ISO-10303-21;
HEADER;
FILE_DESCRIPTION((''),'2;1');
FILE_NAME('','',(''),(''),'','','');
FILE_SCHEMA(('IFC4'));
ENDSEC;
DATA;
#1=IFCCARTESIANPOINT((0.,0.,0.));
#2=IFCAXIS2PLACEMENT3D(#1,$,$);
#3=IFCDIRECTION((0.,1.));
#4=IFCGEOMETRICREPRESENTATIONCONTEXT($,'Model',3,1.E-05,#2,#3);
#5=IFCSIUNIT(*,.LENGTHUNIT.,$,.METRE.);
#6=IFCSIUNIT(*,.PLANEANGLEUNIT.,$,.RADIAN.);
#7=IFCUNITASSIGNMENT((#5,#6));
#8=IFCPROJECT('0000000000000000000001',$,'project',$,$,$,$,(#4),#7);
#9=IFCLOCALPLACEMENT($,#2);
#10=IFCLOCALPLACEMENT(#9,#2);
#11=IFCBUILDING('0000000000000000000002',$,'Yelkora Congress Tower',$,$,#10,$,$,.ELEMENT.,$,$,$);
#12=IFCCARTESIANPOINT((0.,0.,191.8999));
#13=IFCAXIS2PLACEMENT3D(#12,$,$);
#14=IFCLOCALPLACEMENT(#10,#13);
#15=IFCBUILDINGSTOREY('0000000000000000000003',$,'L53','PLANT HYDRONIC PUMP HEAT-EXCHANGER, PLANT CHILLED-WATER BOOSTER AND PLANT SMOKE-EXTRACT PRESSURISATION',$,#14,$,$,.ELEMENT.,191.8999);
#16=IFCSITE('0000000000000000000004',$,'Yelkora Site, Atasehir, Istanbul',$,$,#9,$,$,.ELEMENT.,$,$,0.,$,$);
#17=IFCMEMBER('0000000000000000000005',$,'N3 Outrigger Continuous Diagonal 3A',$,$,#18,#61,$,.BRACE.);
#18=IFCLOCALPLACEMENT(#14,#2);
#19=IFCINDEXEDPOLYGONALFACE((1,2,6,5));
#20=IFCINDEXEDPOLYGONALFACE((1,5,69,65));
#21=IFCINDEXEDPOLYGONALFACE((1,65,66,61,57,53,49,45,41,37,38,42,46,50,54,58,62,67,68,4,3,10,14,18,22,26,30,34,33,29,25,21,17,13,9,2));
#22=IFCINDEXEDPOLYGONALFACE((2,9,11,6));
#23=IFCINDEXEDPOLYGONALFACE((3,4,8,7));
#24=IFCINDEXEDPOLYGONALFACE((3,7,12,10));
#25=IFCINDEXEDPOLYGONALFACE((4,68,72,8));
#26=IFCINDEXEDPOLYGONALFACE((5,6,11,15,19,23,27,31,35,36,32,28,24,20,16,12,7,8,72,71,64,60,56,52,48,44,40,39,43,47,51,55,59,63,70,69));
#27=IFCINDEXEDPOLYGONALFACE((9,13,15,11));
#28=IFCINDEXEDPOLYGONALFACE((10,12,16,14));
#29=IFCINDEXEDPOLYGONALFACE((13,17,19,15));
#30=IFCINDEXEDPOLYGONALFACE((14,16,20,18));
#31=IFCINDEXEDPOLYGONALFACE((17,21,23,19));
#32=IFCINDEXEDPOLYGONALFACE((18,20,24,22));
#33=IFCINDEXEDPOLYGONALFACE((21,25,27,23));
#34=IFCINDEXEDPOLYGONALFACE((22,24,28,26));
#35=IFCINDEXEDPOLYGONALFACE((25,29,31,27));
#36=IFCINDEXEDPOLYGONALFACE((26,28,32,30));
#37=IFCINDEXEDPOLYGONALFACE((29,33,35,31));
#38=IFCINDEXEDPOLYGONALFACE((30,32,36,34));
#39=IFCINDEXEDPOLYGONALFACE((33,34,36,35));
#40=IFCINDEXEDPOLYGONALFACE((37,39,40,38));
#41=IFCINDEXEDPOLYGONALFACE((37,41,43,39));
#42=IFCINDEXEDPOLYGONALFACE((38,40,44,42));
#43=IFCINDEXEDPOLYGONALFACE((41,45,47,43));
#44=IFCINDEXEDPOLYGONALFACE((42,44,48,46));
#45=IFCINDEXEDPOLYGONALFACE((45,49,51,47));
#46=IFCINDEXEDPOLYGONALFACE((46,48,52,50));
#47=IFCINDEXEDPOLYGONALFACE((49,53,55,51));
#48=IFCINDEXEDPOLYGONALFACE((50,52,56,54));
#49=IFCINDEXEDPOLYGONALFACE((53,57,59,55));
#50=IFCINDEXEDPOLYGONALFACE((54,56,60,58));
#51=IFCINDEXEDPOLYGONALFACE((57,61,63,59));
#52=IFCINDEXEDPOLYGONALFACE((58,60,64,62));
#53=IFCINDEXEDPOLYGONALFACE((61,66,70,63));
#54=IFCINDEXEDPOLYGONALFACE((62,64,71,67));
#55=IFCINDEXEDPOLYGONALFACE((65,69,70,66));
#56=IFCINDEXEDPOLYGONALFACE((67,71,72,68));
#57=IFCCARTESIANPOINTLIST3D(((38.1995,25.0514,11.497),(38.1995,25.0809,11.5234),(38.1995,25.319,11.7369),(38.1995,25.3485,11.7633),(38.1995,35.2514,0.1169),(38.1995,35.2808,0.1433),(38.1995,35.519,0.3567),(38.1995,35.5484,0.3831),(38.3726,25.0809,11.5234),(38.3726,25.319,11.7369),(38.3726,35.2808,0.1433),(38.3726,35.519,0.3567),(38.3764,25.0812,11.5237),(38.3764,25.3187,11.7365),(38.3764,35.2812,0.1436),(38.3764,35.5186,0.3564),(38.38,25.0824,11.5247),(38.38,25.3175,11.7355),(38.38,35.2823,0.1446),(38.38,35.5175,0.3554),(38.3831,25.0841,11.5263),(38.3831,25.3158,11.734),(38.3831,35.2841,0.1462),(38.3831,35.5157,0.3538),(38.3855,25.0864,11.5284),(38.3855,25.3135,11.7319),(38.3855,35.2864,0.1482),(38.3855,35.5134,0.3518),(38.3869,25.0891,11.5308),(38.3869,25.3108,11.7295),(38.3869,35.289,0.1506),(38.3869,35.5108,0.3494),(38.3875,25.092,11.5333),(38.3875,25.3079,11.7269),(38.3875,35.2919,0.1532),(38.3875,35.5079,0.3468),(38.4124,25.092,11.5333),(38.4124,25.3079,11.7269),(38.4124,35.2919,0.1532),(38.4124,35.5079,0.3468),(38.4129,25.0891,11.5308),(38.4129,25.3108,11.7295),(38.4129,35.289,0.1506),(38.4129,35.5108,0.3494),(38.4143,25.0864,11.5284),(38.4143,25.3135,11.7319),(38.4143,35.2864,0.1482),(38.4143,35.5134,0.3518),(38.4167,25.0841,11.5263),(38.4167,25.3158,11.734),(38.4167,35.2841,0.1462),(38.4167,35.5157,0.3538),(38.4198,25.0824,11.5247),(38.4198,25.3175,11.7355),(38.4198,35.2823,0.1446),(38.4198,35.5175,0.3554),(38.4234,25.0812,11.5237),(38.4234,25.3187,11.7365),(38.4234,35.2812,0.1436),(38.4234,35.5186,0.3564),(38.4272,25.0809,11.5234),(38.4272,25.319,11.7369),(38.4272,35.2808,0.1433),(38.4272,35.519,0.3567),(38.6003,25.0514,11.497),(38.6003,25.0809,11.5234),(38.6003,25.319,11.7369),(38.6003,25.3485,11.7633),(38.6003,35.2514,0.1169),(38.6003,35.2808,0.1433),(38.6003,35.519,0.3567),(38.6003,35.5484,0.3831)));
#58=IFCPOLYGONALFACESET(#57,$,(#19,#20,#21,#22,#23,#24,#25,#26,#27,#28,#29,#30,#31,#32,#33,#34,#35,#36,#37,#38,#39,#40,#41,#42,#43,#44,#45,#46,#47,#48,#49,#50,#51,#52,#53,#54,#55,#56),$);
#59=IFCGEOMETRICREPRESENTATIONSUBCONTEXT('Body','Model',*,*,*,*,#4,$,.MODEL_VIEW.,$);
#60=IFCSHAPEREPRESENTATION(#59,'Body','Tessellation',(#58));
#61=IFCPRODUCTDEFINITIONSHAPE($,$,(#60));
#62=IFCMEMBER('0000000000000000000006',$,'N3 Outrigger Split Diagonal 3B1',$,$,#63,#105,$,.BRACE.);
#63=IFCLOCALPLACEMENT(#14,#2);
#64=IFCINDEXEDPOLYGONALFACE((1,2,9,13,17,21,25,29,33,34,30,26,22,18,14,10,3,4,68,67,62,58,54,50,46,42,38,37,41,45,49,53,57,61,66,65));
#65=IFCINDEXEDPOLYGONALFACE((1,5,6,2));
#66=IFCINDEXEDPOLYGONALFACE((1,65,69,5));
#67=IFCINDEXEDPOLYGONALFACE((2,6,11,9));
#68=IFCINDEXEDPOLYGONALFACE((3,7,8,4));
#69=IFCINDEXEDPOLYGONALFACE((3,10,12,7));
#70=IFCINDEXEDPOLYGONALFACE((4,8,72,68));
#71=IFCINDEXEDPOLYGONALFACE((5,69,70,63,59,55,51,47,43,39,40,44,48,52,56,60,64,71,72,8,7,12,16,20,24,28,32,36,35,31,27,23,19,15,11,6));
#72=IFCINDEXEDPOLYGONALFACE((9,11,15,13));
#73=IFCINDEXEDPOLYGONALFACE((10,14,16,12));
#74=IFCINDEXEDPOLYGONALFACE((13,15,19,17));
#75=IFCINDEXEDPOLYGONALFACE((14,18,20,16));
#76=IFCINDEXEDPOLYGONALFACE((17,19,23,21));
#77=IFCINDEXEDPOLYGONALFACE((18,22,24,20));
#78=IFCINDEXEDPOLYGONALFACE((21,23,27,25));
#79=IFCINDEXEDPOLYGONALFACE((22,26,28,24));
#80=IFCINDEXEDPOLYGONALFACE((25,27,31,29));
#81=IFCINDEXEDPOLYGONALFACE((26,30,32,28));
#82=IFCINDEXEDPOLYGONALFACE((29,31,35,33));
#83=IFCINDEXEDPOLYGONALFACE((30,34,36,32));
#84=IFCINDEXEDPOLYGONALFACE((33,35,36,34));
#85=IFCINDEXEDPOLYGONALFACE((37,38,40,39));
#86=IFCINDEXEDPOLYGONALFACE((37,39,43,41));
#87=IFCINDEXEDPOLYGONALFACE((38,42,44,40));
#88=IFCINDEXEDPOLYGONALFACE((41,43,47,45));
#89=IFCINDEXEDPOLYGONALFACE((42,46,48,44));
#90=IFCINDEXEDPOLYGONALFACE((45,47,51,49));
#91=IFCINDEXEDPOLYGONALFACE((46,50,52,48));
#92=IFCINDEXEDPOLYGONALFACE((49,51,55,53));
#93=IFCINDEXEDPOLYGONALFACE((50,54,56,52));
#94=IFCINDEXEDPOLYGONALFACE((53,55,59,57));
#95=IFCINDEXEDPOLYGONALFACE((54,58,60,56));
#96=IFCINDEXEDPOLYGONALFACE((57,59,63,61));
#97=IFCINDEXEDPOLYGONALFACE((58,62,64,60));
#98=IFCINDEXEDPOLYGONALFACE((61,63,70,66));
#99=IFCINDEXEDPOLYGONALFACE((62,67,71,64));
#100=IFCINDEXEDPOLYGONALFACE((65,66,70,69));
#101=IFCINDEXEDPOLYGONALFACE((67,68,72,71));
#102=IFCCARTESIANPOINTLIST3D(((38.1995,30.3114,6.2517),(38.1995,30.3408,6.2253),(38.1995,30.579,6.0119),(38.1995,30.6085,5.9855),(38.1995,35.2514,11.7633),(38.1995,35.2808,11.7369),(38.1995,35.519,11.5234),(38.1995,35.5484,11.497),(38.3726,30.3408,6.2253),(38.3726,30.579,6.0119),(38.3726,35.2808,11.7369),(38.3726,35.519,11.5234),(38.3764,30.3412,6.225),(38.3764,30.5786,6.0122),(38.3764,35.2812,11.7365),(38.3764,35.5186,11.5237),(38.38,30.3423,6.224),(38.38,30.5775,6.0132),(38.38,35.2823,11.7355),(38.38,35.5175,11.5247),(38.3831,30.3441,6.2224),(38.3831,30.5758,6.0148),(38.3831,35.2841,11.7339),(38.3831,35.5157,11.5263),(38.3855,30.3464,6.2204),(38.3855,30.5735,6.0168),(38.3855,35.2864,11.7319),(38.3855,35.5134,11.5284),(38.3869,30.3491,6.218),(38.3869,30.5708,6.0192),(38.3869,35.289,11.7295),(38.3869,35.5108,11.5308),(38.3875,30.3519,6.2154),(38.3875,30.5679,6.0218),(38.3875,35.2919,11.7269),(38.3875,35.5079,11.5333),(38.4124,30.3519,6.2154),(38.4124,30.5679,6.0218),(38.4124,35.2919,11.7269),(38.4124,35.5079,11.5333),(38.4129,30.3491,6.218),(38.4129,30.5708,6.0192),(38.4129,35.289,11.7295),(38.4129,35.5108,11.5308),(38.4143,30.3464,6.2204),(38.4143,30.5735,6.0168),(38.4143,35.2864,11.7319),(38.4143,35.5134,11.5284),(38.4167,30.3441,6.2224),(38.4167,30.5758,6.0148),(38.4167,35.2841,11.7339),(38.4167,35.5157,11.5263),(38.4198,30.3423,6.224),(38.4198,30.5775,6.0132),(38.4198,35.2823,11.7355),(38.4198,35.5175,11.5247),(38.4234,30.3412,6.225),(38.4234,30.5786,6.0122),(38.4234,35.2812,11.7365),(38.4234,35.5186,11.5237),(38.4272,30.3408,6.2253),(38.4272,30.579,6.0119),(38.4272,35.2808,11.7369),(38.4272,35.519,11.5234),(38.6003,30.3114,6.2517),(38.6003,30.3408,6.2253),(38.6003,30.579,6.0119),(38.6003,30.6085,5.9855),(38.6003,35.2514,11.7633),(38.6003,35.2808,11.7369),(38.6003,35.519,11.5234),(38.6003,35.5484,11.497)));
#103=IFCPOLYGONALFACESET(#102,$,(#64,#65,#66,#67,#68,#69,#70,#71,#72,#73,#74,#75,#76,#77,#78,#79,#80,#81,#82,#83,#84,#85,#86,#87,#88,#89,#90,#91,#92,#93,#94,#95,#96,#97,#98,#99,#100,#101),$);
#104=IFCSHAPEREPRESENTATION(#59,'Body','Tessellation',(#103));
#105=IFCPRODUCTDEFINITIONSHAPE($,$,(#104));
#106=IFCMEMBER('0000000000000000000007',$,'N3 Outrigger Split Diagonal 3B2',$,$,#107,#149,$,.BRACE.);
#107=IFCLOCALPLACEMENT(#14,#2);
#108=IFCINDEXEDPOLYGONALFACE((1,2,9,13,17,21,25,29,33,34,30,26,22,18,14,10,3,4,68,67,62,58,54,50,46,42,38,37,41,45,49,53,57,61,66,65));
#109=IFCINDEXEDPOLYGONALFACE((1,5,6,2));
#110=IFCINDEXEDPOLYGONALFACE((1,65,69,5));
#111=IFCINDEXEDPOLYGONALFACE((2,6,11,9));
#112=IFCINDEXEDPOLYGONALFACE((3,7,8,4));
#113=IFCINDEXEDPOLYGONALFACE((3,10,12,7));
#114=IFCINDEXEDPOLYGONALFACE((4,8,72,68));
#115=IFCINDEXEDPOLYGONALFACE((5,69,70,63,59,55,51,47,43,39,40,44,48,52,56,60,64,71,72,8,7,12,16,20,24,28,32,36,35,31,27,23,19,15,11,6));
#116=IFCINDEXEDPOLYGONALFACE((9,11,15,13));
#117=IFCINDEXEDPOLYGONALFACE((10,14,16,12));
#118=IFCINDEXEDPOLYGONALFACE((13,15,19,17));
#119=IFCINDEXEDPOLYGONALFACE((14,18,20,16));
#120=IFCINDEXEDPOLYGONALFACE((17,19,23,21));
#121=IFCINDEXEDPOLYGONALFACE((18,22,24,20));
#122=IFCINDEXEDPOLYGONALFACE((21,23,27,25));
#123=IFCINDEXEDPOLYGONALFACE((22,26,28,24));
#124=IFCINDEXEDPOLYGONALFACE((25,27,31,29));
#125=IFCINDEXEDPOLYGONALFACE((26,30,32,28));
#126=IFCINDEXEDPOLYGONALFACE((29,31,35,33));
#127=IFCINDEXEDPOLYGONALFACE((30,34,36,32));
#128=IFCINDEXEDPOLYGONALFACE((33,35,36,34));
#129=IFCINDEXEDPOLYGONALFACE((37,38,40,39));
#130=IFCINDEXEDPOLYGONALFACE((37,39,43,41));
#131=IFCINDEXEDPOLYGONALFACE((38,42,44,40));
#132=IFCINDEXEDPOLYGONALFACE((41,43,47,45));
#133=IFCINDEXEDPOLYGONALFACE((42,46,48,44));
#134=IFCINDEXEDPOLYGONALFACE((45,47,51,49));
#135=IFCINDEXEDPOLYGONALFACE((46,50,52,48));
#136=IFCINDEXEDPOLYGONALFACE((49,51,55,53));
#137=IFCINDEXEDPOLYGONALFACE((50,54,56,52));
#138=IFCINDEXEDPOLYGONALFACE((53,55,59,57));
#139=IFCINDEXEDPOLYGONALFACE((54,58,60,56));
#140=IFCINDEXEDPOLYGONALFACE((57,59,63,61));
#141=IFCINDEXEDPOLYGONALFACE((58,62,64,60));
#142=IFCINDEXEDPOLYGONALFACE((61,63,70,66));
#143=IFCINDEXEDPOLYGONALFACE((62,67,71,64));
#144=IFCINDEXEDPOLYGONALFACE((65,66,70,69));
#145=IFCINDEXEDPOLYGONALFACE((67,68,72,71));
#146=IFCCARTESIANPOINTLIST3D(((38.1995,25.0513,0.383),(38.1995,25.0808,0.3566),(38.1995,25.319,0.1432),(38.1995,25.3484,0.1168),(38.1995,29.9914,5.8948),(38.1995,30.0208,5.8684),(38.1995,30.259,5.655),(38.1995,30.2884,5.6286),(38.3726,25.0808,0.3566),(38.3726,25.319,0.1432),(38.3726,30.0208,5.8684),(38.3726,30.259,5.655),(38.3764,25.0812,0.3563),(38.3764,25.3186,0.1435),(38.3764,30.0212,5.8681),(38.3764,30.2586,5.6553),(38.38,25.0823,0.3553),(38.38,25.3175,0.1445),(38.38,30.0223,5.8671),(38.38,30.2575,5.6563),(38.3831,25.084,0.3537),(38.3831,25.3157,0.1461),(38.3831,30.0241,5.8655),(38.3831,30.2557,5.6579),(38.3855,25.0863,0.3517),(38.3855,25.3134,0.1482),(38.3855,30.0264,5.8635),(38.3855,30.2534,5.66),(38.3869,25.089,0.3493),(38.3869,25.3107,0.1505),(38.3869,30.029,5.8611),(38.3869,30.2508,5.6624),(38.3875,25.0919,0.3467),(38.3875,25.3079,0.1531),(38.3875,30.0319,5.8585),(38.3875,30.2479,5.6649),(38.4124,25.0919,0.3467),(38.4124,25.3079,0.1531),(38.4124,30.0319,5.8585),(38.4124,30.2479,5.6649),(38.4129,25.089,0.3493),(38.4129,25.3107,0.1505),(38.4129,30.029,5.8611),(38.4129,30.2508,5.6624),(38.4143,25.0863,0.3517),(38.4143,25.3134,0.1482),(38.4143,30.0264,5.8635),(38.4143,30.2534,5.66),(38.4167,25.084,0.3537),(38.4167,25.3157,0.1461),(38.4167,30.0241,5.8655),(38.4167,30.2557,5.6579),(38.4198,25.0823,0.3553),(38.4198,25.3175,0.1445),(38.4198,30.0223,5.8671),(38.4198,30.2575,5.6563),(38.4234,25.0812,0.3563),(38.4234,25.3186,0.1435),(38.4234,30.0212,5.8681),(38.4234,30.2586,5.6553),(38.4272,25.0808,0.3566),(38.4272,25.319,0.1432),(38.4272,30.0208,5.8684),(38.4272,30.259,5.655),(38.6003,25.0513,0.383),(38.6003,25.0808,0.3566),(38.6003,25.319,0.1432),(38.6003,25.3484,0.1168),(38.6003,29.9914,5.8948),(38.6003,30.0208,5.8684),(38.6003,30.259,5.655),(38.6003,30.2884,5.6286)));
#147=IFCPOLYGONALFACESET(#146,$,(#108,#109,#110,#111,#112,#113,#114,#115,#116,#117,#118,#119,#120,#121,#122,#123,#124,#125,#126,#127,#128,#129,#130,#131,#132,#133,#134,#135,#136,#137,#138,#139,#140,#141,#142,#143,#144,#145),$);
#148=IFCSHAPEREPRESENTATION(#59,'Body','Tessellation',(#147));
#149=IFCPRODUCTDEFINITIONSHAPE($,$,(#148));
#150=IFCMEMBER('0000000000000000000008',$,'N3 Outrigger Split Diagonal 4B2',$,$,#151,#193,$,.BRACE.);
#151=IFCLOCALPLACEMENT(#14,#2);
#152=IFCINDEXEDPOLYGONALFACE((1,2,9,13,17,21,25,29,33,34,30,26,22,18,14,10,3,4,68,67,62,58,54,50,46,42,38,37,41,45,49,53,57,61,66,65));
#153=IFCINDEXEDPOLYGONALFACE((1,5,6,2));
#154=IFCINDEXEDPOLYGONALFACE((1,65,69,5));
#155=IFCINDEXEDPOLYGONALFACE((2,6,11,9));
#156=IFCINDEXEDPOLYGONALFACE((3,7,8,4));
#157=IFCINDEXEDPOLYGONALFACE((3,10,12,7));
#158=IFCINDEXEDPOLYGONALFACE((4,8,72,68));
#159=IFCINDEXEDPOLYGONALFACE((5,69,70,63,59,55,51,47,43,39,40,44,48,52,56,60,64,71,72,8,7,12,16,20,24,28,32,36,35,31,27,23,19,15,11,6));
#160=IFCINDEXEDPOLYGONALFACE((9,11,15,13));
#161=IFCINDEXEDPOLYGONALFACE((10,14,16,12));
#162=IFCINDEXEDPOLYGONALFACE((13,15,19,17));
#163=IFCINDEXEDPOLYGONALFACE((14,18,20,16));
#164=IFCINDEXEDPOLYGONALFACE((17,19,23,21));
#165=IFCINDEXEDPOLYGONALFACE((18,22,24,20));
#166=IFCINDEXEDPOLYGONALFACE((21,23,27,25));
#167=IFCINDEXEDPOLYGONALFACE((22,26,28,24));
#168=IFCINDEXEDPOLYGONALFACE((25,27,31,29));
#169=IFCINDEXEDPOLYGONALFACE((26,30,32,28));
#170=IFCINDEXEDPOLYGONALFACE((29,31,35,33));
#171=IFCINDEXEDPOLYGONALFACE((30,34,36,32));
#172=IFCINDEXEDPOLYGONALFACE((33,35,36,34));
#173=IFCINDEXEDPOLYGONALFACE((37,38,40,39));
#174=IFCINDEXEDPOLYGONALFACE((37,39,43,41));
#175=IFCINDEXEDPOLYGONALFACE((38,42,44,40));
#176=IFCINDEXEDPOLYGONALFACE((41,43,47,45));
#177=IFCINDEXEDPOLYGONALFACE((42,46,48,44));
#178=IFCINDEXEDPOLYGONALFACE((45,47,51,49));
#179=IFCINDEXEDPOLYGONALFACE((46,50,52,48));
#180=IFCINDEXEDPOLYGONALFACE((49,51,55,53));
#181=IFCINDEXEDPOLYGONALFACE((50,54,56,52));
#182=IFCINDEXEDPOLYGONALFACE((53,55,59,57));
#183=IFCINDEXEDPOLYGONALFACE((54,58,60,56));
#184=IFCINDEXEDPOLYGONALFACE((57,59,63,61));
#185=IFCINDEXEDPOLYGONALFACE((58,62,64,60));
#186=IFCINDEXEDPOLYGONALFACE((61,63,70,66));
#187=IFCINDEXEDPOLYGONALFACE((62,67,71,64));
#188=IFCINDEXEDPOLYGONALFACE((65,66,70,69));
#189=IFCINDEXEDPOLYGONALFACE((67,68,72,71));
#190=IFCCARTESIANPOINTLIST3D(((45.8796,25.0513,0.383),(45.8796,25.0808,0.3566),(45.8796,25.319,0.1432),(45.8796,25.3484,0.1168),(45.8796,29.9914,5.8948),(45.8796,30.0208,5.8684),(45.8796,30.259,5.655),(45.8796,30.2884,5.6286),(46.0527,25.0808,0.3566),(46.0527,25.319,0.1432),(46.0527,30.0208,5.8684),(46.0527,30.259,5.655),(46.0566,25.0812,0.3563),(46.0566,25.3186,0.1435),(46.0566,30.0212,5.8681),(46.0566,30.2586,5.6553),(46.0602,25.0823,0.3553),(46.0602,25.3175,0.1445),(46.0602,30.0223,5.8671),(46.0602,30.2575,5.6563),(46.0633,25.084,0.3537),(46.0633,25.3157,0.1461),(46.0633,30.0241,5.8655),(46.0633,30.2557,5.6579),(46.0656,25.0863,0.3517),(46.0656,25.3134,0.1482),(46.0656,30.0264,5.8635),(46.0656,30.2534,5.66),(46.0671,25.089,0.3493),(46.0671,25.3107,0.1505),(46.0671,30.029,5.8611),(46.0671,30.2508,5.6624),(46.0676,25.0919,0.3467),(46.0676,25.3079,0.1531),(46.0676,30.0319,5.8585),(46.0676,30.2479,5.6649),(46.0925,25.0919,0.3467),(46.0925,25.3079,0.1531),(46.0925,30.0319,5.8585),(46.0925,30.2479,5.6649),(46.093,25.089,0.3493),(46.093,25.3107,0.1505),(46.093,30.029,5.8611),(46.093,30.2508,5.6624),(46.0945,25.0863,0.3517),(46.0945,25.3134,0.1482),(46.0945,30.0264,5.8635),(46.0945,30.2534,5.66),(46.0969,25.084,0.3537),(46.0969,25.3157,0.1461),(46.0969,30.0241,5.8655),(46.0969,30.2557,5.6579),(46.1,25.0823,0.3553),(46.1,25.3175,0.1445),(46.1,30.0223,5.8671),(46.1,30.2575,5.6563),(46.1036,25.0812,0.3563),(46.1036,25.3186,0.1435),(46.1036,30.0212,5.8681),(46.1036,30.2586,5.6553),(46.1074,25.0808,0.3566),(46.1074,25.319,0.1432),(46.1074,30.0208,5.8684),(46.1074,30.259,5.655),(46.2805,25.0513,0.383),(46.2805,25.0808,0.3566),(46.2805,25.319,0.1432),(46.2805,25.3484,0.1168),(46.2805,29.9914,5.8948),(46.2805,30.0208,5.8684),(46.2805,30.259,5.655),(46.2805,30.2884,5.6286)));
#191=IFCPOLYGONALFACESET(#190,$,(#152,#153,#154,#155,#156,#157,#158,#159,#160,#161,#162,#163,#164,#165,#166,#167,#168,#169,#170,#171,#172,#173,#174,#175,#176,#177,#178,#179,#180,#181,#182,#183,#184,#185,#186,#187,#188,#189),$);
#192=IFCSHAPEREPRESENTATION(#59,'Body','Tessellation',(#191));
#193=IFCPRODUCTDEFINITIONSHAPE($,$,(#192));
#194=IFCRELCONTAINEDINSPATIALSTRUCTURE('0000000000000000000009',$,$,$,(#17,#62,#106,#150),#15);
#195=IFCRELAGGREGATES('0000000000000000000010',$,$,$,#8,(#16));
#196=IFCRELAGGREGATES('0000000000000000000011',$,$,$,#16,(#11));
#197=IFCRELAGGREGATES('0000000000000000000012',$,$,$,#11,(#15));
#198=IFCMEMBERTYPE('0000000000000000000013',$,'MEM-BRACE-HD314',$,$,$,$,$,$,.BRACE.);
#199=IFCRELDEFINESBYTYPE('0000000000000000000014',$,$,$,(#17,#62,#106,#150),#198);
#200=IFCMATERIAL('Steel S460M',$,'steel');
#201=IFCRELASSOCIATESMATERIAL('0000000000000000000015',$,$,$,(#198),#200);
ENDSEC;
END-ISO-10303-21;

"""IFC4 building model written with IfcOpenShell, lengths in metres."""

from ifc_helpers import new_model, si_unit, direction, frame, origin, origin_2d, place, context, subcontext, project, spatial, i_section, extrude, material, material_profile, profile_set, type_object, element, save


model = new_model("IFC4")

# Units and contexts
model_context = context("Model", 3, precision=1e-05, world=origin(), true_north=direction((0.0, 1.0)))
body_context = subcontext(model_context, "Body", "Model", "MODEL_VIEW")
ifc_project = project(units=[si_unit("LENGTHUNIT", "METRE"), si_unit("PLANEANGLEUNIT", "RADIAN")], contexts=[model_context])

# Site, building, storey
site_placement = place(None, origin())
site = spatial("IfcSite", under=ifc_project, at=site_placement, Name="Yelkora Site, Atasehir, Istanbul", CompositionType="ELEMENT", RefElevation=0.0)
building_placement = place(site_placement, origin())
building = spatial("IfcBuilding", under=site, at=building_placement, Name="Yelkora Congress Tower", CompositionType="ELEMENT")
storey_placement = place(building_placement, frame((0.0, 0.0, 191.8999)))
storey = spatial("IfcBuildingStorey", under=building, at=storey_placement, Name="L53", Description="PLANT HYDRONIC PUMP HEAT-EXCHANGER, PLANT CHILLED-WATER BOOSTER AND PLANT SMOKE-EXTRACT PRESSURISATION", CompositionType="ELEMENT", Elevation=191.8999)

# Shared definitions
ifc_material_1 = material(Name="Steel S460M", Category="steel")

# Members
ifc_material_profile_1 = material_profile(ifc_material_1, i_section(OverallWidth=0.4009, OverallDepth=0.3989, WebThickness=0.0249, FlangeThickness=0.0396, FilletRadius=0.0149, at=origin_2d()), Name="HD 400x314")
ifc_profile_set_1 = profile_set([ifc_material_profile_1], Name="Steel S460M")
member_type = type_object("IfcMemberType", Name="MEM-BRACE-HD314", PredefinedType="BRACE", material=ifc_profile_set_1)
member_1_placement = place(storey_placement, frame((38.3999, 35.3999, 0.25), z_axis=(0.0, -0.667439, 0.744664), x_axis=(1.0, 0.0, 0.0)))
element("IfcMember", 1, at=member_1_placement, inside=storey, type_object=member_type, Name="N3 Outrigger Continuous Diagonal 3A", PredefinedType="BRACE", context=body_context, shape_type="SweptSolid", body=[
    extrude(i_section(OverallWidth=0.4009, OverallDepth=0.3989, WebThickness=0.0249, FlangeThickness=0.0396, FilletRadius=0.0149, at=origin_2d()), origin(), (0.0, 0.0, 1.0), 15.2822),
])
member_2_placement = place(storey_placement, frame((38.3999, 35.3999, 11.6301), z_axis=(0.0, -0.667442, -0.744662), x_axis=(1.0, 0.0, 0.0)))
element("IfcMember", 2, at=member_2_placement, inside=storey, type_object=member_type, Name="N3 Outrigger Split Diagonal 3B1", PredefinedType="BRACE", context=body_context, shape_type="SweptSolid", body=[
    extrude(i_section(OverallWidth=0.4009, OverallDepth=0.3989, WebThickness=0.0249, FlangeThickness=0.0396, FilletRadius=0.0149, at=origin_2d()), origin(), (0.0, 0.0, 1.0), 7.4014),
])
for number, where, z_axis, x_axis, name in (
    (3, (38.3999, 30.1399, 5.7617), (0.0, -0.667425, -0.744677), (1.0, 0.0, 0.0), "N3 Outrigger Split Diagonal 3B2"),
    (4, (46.0801, 30.1399, 5.7617), (0.0, -0.667425, -0.744677), (1.0, 0.0, 0.0), "N3 Outrigger Split Diagonal 4B2"),
):
    element("IfcMember", number, at=place(storey_placement, frame(where, z_axis=z_axis, x_axis=x_axis)), inside=storey, type_object=member_type, Name=name, PredefinedType="BRACE", context=body_context, shape_type="SweptSolid", body=[
        extrude(i_section(OverallWidth=0.4009, OverallDepth=0.3989, WebThickness=0.0249, FlangeThickness=0.0396, FilletRadius=0.0149, at=origin_2d()), origin(), (0.0, 0.0, 1.0), 7.4016),
    ])

save(model, "model.ifc")
